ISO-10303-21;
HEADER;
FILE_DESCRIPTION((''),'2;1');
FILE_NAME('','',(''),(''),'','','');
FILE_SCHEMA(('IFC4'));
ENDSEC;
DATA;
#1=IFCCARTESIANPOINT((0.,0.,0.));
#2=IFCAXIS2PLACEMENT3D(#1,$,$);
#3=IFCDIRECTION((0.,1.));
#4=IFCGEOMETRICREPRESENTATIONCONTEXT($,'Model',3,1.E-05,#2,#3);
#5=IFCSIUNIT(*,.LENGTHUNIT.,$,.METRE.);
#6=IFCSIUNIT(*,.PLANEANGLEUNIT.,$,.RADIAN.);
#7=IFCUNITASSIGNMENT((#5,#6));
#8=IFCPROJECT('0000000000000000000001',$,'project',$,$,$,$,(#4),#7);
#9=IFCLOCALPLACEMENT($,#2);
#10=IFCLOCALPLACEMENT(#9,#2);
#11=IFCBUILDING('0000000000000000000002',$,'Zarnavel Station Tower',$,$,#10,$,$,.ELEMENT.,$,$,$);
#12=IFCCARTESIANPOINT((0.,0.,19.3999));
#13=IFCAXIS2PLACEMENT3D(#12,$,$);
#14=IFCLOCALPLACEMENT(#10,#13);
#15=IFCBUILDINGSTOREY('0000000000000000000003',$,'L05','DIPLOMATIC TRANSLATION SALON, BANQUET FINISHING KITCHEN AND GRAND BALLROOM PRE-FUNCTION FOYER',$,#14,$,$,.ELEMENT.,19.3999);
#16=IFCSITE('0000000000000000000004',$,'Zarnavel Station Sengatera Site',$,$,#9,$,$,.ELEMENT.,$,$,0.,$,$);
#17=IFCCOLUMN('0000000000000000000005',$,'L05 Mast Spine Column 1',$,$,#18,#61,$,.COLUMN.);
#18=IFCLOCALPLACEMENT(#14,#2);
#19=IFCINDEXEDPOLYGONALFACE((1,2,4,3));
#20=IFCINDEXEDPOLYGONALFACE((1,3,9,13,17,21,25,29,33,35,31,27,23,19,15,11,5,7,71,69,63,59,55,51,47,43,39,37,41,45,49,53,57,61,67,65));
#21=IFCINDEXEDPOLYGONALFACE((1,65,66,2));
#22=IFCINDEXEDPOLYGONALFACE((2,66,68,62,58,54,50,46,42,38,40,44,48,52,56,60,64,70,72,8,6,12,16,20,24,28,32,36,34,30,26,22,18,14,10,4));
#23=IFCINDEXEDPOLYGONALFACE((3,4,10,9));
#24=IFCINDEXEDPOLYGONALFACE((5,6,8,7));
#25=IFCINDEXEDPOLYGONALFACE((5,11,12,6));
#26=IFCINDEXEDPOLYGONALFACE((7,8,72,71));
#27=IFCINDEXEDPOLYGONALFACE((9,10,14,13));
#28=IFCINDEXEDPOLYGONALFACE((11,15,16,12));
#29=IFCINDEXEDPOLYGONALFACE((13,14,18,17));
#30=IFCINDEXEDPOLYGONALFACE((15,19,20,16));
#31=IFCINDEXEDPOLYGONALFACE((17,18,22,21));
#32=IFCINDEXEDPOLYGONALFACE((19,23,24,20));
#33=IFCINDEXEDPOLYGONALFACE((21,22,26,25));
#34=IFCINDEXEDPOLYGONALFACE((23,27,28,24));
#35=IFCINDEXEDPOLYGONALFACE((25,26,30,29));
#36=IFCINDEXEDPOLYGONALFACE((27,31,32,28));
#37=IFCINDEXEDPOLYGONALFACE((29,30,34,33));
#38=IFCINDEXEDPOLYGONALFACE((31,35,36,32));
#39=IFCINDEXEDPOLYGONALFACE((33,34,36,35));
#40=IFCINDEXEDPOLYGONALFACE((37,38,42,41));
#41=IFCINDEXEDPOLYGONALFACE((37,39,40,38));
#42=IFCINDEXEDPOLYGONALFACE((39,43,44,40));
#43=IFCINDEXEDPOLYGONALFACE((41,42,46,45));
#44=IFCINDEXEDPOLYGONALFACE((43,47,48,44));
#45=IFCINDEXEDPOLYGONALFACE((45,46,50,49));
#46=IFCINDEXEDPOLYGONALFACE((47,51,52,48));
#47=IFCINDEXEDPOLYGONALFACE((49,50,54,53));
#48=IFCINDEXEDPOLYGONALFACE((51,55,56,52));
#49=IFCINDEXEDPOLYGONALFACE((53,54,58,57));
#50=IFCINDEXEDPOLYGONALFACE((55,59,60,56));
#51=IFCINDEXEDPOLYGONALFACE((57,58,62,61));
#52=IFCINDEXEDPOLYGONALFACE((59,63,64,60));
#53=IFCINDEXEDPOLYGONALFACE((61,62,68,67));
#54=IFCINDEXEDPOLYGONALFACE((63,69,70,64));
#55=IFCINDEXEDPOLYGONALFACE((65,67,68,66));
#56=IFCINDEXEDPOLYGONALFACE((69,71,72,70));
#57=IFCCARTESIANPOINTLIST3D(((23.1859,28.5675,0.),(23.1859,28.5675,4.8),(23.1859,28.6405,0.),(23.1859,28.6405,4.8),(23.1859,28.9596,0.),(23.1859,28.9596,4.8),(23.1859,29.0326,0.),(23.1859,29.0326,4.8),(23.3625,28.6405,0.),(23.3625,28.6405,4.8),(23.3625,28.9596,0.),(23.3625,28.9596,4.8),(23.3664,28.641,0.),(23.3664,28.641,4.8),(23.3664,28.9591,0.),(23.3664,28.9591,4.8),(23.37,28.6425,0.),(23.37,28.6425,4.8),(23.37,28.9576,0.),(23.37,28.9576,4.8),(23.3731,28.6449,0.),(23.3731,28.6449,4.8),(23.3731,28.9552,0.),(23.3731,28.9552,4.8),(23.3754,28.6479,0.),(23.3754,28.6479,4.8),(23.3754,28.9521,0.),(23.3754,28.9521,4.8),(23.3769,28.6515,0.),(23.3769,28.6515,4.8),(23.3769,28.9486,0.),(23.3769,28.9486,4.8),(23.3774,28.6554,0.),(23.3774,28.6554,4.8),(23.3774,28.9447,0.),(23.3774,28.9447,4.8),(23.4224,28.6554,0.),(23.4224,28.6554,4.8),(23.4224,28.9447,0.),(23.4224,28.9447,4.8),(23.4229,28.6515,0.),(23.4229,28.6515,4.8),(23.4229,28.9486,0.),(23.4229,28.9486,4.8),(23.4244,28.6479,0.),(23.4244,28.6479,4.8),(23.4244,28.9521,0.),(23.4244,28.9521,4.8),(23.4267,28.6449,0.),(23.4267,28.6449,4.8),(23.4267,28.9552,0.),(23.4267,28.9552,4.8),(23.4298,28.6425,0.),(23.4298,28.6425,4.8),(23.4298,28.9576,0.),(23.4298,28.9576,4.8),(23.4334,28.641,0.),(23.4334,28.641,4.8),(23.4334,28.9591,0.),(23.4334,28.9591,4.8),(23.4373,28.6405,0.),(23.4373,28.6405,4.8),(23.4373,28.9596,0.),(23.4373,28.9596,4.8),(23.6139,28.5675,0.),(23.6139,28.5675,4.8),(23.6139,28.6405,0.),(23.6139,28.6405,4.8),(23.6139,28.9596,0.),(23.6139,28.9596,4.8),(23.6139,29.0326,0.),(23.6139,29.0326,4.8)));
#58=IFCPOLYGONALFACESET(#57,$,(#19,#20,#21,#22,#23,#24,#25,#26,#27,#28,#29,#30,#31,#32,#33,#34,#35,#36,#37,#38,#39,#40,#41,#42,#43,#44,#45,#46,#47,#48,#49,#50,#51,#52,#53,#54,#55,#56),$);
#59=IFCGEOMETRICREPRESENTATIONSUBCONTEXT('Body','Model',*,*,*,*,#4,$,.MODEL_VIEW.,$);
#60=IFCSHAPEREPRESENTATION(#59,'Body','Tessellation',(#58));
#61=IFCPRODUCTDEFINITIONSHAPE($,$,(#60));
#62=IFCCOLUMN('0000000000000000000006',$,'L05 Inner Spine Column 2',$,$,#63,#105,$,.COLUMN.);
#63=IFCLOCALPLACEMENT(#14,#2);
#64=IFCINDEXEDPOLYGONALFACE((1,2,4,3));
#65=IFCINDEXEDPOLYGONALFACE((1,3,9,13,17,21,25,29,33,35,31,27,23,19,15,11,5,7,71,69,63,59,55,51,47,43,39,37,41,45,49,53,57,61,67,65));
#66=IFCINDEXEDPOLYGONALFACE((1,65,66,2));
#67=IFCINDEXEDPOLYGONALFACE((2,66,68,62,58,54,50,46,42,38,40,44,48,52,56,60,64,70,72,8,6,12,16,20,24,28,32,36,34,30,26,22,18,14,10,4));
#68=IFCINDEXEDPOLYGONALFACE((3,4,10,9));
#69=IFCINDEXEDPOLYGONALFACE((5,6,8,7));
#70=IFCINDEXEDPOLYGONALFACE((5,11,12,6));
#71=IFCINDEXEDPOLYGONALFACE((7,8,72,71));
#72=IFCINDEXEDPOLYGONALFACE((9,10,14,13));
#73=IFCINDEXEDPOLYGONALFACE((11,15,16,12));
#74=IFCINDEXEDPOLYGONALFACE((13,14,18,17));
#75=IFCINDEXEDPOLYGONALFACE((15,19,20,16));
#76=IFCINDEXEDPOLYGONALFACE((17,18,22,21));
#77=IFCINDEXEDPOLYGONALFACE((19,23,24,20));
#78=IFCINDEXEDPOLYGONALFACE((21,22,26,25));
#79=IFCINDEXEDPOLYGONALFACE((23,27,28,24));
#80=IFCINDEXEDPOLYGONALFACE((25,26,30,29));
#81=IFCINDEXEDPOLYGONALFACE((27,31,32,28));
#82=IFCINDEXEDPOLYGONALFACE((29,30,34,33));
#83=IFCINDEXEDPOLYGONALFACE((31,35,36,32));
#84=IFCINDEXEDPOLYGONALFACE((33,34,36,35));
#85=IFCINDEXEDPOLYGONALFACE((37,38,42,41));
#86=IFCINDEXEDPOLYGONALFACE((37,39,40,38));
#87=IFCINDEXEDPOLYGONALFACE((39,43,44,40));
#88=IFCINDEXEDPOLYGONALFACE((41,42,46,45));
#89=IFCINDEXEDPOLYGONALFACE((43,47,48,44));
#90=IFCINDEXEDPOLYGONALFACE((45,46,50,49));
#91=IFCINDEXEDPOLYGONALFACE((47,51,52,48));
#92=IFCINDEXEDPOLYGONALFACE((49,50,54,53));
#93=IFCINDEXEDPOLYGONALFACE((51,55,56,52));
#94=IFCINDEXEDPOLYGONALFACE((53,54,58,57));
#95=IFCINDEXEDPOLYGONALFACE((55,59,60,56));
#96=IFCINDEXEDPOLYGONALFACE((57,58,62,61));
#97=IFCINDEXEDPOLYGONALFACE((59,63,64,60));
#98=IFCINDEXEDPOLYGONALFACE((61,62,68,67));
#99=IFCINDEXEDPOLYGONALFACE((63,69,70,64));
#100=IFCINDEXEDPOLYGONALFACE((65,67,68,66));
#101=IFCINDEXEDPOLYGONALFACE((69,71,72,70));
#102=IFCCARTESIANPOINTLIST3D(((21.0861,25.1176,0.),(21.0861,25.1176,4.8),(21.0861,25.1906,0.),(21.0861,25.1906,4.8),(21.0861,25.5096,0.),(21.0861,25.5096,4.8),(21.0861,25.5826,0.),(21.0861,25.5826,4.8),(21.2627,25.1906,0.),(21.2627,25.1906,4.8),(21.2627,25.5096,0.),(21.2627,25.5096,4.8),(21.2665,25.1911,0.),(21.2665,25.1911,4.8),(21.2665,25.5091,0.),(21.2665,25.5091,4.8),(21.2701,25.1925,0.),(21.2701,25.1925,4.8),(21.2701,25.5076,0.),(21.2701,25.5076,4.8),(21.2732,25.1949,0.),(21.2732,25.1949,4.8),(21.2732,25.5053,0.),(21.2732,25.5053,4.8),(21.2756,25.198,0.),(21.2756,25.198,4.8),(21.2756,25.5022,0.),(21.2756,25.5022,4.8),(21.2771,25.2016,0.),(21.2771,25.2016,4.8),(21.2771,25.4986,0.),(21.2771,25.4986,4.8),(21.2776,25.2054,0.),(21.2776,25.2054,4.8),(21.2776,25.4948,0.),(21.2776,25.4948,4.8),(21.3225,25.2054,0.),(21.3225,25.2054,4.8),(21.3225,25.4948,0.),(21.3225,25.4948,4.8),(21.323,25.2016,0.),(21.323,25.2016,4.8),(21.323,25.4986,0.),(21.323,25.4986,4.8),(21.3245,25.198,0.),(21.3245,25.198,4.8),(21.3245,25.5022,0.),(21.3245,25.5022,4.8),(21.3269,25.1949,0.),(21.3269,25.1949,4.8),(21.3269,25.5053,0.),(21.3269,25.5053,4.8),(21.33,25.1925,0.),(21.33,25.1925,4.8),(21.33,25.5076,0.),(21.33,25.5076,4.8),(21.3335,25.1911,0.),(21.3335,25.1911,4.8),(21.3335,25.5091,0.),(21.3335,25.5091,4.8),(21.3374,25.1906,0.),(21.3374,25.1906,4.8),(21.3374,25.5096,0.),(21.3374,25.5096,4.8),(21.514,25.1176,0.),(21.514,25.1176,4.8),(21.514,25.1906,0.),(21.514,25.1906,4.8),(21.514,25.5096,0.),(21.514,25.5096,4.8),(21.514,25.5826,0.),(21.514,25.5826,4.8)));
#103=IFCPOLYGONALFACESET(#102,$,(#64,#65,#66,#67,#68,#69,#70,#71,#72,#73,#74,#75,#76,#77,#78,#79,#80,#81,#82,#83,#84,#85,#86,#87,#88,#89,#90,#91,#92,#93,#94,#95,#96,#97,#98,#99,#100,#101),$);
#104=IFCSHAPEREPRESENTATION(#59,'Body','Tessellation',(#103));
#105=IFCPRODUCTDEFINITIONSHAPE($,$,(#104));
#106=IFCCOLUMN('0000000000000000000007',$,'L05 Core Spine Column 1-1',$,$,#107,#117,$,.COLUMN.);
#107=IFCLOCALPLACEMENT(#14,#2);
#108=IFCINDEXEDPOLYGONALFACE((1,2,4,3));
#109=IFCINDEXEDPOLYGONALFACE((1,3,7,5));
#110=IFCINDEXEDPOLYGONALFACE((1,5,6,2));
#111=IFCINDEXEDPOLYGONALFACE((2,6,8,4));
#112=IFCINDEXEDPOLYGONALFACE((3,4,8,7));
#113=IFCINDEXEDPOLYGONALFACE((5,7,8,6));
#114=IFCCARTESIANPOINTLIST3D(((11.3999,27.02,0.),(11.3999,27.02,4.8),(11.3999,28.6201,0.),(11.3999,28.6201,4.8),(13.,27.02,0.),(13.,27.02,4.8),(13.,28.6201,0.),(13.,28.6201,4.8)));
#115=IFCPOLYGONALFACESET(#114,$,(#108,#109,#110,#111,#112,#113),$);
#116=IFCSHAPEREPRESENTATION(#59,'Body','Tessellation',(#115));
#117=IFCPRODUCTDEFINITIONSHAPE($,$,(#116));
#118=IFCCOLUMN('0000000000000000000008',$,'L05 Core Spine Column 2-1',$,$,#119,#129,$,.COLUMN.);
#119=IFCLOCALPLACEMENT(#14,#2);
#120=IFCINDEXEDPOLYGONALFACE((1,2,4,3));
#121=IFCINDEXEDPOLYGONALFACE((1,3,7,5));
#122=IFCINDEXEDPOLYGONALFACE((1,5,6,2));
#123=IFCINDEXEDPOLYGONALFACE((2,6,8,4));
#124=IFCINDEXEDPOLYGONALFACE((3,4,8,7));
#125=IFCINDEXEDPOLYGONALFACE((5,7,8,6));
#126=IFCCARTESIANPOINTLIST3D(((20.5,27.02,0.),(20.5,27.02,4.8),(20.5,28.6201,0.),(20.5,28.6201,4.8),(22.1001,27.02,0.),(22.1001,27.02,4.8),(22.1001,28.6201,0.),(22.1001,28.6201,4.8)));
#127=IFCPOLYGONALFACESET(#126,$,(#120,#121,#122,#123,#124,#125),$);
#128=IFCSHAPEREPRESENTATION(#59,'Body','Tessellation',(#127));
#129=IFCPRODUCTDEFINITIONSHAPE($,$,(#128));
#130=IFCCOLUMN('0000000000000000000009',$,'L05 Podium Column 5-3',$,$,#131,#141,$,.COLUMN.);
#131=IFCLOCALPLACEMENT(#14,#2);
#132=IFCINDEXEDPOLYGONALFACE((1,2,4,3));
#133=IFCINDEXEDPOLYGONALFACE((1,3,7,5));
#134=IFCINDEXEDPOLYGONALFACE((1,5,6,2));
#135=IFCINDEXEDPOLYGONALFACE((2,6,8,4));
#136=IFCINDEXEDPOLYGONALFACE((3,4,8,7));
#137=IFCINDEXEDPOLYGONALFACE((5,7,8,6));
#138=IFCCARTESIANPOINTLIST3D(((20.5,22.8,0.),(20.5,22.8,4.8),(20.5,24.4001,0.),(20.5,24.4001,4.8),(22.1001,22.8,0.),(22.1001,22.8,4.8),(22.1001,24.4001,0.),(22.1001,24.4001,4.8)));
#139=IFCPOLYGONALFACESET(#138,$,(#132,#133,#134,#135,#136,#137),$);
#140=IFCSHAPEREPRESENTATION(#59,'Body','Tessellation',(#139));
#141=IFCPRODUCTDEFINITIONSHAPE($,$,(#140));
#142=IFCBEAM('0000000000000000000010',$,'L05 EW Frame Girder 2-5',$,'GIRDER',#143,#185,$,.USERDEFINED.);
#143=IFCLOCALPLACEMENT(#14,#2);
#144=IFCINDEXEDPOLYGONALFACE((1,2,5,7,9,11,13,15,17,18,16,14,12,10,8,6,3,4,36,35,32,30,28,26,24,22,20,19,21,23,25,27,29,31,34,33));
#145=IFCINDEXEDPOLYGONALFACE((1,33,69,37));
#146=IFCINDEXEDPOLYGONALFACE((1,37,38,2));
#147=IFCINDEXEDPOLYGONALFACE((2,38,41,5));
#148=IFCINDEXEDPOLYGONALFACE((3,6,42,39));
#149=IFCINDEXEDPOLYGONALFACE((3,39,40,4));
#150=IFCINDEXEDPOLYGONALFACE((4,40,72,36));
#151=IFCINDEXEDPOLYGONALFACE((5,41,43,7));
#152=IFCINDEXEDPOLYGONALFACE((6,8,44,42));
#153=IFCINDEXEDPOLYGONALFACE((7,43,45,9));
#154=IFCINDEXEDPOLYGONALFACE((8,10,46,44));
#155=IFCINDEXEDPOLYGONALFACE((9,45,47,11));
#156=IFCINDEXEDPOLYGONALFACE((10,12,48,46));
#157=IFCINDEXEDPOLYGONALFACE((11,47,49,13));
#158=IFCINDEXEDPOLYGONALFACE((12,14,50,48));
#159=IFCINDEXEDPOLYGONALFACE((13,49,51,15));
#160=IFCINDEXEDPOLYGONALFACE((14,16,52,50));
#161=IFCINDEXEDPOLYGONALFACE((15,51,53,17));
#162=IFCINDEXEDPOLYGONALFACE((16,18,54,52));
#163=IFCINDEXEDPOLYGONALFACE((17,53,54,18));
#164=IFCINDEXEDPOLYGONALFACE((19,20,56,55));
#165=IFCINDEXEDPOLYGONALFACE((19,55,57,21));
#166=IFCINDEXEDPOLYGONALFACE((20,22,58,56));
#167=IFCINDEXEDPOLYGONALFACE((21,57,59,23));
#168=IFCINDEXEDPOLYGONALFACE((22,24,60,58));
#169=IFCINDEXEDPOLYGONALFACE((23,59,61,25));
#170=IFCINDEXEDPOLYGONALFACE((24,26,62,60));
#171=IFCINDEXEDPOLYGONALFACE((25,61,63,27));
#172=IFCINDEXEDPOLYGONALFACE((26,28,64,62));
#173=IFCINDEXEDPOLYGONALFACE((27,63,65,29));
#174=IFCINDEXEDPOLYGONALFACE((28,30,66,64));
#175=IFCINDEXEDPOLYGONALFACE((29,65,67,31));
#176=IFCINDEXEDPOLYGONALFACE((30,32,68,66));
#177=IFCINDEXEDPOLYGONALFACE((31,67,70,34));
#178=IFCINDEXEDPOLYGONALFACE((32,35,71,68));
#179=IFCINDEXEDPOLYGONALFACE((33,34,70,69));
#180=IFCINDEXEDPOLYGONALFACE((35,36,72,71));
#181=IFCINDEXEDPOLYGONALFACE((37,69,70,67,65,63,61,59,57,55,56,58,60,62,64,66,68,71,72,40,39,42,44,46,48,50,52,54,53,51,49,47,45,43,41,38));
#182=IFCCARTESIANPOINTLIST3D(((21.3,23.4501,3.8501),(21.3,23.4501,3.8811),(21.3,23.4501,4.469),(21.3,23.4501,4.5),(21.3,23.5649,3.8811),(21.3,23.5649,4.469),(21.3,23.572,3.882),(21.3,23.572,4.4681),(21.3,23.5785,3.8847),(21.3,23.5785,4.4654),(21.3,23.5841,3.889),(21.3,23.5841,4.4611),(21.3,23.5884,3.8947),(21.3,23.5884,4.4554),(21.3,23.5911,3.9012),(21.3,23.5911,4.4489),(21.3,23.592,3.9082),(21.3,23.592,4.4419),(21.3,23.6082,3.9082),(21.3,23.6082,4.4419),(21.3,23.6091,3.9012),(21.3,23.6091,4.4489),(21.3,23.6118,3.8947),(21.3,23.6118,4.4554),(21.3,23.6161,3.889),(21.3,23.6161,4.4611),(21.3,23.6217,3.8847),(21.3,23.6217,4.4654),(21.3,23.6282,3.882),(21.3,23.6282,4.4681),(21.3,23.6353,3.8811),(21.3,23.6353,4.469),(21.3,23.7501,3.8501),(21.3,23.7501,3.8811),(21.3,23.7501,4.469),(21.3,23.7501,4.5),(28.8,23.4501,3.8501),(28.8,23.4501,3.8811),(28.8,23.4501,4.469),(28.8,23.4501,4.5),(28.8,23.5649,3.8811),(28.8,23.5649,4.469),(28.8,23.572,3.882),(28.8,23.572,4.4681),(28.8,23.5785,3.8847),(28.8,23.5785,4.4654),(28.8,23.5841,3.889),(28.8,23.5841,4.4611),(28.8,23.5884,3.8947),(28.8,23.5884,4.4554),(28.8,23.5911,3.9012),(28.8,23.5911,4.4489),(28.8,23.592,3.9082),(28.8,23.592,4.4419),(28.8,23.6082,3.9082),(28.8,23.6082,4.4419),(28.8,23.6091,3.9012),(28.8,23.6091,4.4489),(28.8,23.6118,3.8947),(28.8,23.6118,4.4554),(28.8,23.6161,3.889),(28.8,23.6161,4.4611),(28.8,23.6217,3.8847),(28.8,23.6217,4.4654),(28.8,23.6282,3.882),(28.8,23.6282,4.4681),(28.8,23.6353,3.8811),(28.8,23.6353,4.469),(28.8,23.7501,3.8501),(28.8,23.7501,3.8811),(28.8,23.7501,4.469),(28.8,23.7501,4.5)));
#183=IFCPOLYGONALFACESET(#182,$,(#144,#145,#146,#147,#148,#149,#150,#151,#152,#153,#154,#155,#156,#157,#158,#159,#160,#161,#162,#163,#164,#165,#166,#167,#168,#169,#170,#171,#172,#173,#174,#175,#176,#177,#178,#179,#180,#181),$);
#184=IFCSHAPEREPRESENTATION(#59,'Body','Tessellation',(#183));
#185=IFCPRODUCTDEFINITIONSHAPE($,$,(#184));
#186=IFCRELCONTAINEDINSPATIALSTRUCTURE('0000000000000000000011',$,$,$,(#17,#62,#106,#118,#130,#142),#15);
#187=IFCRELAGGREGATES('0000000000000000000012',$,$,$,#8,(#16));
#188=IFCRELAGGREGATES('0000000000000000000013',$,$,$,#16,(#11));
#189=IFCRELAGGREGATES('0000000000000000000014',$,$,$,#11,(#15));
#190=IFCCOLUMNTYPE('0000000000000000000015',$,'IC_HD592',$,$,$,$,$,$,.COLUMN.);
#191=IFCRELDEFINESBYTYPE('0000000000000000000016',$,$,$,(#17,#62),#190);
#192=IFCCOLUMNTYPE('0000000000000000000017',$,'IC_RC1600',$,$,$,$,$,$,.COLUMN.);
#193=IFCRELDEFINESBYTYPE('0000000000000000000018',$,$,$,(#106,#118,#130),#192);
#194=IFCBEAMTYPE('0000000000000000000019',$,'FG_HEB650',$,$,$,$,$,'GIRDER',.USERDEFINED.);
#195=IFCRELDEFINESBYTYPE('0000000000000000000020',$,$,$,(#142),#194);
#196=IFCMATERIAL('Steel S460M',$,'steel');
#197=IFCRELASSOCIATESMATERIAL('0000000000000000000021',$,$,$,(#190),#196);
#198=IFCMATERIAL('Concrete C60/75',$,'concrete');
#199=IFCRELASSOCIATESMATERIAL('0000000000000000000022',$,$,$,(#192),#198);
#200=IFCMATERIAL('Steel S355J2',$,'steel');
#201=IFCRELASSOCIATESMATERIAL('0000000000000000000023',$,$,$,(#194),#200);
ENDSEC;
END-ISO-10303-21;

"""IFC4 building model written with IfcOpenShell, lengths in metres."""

from ifc_helpers import new_model, si_unit, direction, frame, origin, origin_2d, place, context, subcontext, project, spatial, rectangle, i_section, extrude, material, material_profile, profile_set, type_object, element, save


model = new_model("IFC4")

# Units and contexts
model_context = context("Model", 3, precision=1e-05, world=origin(), true_north=direction((0.0, 1.0)))
body_context = subcontext(model_context, "Body", "Model", "MODEL_VIEW")
ifc_project = project(units=[si_unit("LENGTHUNIT", "METRE"), si_unit("PLANEANGLEUNIT", "RADIAN")], contexts=[model_context])

# Site, building, storey
site_placement = place(None, origin())
site = spatial("IfcSite", under=ifc_project, at=site_placement, Name="Zarnavel Station Sengatera Site", CompositionType="ELEMENT", RefElevation=0.0)
building_placement = place(site_placement, origin())
building = spatial("IfcBuilding", under=site, at=building_placement, Name="Zarnavel Station Tower", CompositionType="ELEMENT")
storey_placement = place(building_placement, frame((0.0, 0.0, 19.3999)))
storey = spatial("IfcBuildingStorey", under=building, at=storey_placement, Name="L05", Description="DIPLOMATIC TRANSLATION SALON, BANQUET FINISHING KITCHEN AND GRAND BALLROOM PRE-FUNCTION FOYER", CompositionType="ELEMENT", Elevation=19.3999)

# Columns
ifc_material_1 = material(Name="Steel S460M", Category="steel")
ifc_material_profile_1 = material_profile(ifc_material_1, i_section(OverallWidth=0.428, OverallDepth=0.4651, WebThickness=0.0449, FlangeThickness=0.073, FilletRadius=0.0149, at=origin_2d()), Name="HD400x592")
ifc_profile_set_1 = profile_set([ifc_material_profile_1], Name="Steel S460M")
column_type_1 = type_object("IfcColumnType", Name="IC_HD592", PredefinedType="COLUMN", material=ifc_profile_set_1)
for number, where, z_axis, x_axis, name in (
    (1, (23.3999, 28.8, 0.0), (0.0, 0.0, 1.0), (1.0, 0.0, 0.0), "L05 Mast Spine Column 1"),
    (2, (21.3, 25.3501, 0.0), (0.0, 0.0, 1.0), (1.0, 0.0, 0.0), "L05 Inner Spine Column 2"),
):
    element("IfcColumn", number, at=place(storey_placement, frame(where, z_axis=z_axis, x_axis=x_axis)), inside=storey, type_object=column_type_1, Name=name, PredefinedType="COLUMN", context=body_context, shape_type="SweptSolid", body=[
        extrude(i_section(OverallWidth=0.428, OverallDepth=0.4651, WebThickness=0.0449, FlangeThickness=0.073, FilletRadius=0.0149, at=origin_2d()), origin(), (0.0, 0.0, 1.0), 4.8),
    ])
ifc_material_2 = material(Name="Concrete C60/75", Category="concrete")
ifc_material_profile_2 = material_profile(ifc_material_2, rectangle(XDim=1.6001, YDim=1.6001, at=origin_2d()), Name="RC1600x1600")
ifc_profile_set_2 = profile_set([ifc_material_profile_2], Name="Concrete C60/75")
column_type_2 = type_object("IfcColumnType", Name="IC_RC1600", PredefinedType="COLUMN", material=ifc_profile_set_2)
for number, where, z_axis, x_axis, name in (
    (3, (12.2, 27.8201, 0.0), (0.0, 0.0, 1.0), (1.0, 0.0, 0.0), "L05 Core Spine Column 1-1"),
    (4, (21.3, 27.8201, 0.0), (0.0, 0.0, 1.0), (1.0, 0.0, 0.0), "L05 Core Spine Column 2-1"),
    (5, (21.3, 23.6001, 0.0), (0.0, 0.0, 1.0), (1.0, 0.0, 0.0), "L05 Podium Column 5-3"),
):
    element("IfcColumn", number, at=place(storey_placement, frame(where, z_axis=z_axis, x_axis=x_axis)), inside=storey, type_object=column_type_2, Name=name, PredefinedType="COLUMN", context=body_context, shape_type="SweptSolid", body=[
        extrude(rectangle(XDim=1.6001, YDim=1.6001, at=origin_2d()), origin(), (0.0, 0.0, 1.0), 4.8),
    ])

# Beam
ifc_material_3 = material(Name="Steel S355J2", Category="steel")
ifc_material_profile_3 = material_profile(ifc_material_3, i_section(OverallWidth=0.3, OverallDepth=0.6499, WebThickness=0.0161, FlangeThickness=0.031, FilletRadius=0.0271, at=origin_2d()), Name="HEB650")
ifc_profile_set_3 = profile_set([ifc_material_profile_3], Name="Steel S355J2")
beam_type_1 = type_object("IfcBeamType", Name="FG_HEB650", ElementType="GIRDER", PredefinedType="USERDEFINED", material=ifc_profile_set_3)
beam_1_placement = place(storey_placement, frame((21.3, 23.6001, 4.175), z_axis=(1.0, 0.0, 0.0), x_axis=(0.0, 1.0, 0.0)))
element("IfcBeam", 6, at=beam_1_placement, inside=storey, type_object=beam_type_1, Name="L05 EW Frame Girder 2-5", ObjectType="GIRDER", PredefinedType="USERDEFINED", context=body_context, shape_type="SweptSolid", body=[
    extrude(i_section(OverallWidth=0.3, OverallDepth=0.6499, WebThickness=0.0161, FlangeThickness=0.031, FilletRadius=0.0271, at=origin_2d()), origin(), (0.0, 0.0, 1.0), 7.5),
])

save(model, "model.ifc")
